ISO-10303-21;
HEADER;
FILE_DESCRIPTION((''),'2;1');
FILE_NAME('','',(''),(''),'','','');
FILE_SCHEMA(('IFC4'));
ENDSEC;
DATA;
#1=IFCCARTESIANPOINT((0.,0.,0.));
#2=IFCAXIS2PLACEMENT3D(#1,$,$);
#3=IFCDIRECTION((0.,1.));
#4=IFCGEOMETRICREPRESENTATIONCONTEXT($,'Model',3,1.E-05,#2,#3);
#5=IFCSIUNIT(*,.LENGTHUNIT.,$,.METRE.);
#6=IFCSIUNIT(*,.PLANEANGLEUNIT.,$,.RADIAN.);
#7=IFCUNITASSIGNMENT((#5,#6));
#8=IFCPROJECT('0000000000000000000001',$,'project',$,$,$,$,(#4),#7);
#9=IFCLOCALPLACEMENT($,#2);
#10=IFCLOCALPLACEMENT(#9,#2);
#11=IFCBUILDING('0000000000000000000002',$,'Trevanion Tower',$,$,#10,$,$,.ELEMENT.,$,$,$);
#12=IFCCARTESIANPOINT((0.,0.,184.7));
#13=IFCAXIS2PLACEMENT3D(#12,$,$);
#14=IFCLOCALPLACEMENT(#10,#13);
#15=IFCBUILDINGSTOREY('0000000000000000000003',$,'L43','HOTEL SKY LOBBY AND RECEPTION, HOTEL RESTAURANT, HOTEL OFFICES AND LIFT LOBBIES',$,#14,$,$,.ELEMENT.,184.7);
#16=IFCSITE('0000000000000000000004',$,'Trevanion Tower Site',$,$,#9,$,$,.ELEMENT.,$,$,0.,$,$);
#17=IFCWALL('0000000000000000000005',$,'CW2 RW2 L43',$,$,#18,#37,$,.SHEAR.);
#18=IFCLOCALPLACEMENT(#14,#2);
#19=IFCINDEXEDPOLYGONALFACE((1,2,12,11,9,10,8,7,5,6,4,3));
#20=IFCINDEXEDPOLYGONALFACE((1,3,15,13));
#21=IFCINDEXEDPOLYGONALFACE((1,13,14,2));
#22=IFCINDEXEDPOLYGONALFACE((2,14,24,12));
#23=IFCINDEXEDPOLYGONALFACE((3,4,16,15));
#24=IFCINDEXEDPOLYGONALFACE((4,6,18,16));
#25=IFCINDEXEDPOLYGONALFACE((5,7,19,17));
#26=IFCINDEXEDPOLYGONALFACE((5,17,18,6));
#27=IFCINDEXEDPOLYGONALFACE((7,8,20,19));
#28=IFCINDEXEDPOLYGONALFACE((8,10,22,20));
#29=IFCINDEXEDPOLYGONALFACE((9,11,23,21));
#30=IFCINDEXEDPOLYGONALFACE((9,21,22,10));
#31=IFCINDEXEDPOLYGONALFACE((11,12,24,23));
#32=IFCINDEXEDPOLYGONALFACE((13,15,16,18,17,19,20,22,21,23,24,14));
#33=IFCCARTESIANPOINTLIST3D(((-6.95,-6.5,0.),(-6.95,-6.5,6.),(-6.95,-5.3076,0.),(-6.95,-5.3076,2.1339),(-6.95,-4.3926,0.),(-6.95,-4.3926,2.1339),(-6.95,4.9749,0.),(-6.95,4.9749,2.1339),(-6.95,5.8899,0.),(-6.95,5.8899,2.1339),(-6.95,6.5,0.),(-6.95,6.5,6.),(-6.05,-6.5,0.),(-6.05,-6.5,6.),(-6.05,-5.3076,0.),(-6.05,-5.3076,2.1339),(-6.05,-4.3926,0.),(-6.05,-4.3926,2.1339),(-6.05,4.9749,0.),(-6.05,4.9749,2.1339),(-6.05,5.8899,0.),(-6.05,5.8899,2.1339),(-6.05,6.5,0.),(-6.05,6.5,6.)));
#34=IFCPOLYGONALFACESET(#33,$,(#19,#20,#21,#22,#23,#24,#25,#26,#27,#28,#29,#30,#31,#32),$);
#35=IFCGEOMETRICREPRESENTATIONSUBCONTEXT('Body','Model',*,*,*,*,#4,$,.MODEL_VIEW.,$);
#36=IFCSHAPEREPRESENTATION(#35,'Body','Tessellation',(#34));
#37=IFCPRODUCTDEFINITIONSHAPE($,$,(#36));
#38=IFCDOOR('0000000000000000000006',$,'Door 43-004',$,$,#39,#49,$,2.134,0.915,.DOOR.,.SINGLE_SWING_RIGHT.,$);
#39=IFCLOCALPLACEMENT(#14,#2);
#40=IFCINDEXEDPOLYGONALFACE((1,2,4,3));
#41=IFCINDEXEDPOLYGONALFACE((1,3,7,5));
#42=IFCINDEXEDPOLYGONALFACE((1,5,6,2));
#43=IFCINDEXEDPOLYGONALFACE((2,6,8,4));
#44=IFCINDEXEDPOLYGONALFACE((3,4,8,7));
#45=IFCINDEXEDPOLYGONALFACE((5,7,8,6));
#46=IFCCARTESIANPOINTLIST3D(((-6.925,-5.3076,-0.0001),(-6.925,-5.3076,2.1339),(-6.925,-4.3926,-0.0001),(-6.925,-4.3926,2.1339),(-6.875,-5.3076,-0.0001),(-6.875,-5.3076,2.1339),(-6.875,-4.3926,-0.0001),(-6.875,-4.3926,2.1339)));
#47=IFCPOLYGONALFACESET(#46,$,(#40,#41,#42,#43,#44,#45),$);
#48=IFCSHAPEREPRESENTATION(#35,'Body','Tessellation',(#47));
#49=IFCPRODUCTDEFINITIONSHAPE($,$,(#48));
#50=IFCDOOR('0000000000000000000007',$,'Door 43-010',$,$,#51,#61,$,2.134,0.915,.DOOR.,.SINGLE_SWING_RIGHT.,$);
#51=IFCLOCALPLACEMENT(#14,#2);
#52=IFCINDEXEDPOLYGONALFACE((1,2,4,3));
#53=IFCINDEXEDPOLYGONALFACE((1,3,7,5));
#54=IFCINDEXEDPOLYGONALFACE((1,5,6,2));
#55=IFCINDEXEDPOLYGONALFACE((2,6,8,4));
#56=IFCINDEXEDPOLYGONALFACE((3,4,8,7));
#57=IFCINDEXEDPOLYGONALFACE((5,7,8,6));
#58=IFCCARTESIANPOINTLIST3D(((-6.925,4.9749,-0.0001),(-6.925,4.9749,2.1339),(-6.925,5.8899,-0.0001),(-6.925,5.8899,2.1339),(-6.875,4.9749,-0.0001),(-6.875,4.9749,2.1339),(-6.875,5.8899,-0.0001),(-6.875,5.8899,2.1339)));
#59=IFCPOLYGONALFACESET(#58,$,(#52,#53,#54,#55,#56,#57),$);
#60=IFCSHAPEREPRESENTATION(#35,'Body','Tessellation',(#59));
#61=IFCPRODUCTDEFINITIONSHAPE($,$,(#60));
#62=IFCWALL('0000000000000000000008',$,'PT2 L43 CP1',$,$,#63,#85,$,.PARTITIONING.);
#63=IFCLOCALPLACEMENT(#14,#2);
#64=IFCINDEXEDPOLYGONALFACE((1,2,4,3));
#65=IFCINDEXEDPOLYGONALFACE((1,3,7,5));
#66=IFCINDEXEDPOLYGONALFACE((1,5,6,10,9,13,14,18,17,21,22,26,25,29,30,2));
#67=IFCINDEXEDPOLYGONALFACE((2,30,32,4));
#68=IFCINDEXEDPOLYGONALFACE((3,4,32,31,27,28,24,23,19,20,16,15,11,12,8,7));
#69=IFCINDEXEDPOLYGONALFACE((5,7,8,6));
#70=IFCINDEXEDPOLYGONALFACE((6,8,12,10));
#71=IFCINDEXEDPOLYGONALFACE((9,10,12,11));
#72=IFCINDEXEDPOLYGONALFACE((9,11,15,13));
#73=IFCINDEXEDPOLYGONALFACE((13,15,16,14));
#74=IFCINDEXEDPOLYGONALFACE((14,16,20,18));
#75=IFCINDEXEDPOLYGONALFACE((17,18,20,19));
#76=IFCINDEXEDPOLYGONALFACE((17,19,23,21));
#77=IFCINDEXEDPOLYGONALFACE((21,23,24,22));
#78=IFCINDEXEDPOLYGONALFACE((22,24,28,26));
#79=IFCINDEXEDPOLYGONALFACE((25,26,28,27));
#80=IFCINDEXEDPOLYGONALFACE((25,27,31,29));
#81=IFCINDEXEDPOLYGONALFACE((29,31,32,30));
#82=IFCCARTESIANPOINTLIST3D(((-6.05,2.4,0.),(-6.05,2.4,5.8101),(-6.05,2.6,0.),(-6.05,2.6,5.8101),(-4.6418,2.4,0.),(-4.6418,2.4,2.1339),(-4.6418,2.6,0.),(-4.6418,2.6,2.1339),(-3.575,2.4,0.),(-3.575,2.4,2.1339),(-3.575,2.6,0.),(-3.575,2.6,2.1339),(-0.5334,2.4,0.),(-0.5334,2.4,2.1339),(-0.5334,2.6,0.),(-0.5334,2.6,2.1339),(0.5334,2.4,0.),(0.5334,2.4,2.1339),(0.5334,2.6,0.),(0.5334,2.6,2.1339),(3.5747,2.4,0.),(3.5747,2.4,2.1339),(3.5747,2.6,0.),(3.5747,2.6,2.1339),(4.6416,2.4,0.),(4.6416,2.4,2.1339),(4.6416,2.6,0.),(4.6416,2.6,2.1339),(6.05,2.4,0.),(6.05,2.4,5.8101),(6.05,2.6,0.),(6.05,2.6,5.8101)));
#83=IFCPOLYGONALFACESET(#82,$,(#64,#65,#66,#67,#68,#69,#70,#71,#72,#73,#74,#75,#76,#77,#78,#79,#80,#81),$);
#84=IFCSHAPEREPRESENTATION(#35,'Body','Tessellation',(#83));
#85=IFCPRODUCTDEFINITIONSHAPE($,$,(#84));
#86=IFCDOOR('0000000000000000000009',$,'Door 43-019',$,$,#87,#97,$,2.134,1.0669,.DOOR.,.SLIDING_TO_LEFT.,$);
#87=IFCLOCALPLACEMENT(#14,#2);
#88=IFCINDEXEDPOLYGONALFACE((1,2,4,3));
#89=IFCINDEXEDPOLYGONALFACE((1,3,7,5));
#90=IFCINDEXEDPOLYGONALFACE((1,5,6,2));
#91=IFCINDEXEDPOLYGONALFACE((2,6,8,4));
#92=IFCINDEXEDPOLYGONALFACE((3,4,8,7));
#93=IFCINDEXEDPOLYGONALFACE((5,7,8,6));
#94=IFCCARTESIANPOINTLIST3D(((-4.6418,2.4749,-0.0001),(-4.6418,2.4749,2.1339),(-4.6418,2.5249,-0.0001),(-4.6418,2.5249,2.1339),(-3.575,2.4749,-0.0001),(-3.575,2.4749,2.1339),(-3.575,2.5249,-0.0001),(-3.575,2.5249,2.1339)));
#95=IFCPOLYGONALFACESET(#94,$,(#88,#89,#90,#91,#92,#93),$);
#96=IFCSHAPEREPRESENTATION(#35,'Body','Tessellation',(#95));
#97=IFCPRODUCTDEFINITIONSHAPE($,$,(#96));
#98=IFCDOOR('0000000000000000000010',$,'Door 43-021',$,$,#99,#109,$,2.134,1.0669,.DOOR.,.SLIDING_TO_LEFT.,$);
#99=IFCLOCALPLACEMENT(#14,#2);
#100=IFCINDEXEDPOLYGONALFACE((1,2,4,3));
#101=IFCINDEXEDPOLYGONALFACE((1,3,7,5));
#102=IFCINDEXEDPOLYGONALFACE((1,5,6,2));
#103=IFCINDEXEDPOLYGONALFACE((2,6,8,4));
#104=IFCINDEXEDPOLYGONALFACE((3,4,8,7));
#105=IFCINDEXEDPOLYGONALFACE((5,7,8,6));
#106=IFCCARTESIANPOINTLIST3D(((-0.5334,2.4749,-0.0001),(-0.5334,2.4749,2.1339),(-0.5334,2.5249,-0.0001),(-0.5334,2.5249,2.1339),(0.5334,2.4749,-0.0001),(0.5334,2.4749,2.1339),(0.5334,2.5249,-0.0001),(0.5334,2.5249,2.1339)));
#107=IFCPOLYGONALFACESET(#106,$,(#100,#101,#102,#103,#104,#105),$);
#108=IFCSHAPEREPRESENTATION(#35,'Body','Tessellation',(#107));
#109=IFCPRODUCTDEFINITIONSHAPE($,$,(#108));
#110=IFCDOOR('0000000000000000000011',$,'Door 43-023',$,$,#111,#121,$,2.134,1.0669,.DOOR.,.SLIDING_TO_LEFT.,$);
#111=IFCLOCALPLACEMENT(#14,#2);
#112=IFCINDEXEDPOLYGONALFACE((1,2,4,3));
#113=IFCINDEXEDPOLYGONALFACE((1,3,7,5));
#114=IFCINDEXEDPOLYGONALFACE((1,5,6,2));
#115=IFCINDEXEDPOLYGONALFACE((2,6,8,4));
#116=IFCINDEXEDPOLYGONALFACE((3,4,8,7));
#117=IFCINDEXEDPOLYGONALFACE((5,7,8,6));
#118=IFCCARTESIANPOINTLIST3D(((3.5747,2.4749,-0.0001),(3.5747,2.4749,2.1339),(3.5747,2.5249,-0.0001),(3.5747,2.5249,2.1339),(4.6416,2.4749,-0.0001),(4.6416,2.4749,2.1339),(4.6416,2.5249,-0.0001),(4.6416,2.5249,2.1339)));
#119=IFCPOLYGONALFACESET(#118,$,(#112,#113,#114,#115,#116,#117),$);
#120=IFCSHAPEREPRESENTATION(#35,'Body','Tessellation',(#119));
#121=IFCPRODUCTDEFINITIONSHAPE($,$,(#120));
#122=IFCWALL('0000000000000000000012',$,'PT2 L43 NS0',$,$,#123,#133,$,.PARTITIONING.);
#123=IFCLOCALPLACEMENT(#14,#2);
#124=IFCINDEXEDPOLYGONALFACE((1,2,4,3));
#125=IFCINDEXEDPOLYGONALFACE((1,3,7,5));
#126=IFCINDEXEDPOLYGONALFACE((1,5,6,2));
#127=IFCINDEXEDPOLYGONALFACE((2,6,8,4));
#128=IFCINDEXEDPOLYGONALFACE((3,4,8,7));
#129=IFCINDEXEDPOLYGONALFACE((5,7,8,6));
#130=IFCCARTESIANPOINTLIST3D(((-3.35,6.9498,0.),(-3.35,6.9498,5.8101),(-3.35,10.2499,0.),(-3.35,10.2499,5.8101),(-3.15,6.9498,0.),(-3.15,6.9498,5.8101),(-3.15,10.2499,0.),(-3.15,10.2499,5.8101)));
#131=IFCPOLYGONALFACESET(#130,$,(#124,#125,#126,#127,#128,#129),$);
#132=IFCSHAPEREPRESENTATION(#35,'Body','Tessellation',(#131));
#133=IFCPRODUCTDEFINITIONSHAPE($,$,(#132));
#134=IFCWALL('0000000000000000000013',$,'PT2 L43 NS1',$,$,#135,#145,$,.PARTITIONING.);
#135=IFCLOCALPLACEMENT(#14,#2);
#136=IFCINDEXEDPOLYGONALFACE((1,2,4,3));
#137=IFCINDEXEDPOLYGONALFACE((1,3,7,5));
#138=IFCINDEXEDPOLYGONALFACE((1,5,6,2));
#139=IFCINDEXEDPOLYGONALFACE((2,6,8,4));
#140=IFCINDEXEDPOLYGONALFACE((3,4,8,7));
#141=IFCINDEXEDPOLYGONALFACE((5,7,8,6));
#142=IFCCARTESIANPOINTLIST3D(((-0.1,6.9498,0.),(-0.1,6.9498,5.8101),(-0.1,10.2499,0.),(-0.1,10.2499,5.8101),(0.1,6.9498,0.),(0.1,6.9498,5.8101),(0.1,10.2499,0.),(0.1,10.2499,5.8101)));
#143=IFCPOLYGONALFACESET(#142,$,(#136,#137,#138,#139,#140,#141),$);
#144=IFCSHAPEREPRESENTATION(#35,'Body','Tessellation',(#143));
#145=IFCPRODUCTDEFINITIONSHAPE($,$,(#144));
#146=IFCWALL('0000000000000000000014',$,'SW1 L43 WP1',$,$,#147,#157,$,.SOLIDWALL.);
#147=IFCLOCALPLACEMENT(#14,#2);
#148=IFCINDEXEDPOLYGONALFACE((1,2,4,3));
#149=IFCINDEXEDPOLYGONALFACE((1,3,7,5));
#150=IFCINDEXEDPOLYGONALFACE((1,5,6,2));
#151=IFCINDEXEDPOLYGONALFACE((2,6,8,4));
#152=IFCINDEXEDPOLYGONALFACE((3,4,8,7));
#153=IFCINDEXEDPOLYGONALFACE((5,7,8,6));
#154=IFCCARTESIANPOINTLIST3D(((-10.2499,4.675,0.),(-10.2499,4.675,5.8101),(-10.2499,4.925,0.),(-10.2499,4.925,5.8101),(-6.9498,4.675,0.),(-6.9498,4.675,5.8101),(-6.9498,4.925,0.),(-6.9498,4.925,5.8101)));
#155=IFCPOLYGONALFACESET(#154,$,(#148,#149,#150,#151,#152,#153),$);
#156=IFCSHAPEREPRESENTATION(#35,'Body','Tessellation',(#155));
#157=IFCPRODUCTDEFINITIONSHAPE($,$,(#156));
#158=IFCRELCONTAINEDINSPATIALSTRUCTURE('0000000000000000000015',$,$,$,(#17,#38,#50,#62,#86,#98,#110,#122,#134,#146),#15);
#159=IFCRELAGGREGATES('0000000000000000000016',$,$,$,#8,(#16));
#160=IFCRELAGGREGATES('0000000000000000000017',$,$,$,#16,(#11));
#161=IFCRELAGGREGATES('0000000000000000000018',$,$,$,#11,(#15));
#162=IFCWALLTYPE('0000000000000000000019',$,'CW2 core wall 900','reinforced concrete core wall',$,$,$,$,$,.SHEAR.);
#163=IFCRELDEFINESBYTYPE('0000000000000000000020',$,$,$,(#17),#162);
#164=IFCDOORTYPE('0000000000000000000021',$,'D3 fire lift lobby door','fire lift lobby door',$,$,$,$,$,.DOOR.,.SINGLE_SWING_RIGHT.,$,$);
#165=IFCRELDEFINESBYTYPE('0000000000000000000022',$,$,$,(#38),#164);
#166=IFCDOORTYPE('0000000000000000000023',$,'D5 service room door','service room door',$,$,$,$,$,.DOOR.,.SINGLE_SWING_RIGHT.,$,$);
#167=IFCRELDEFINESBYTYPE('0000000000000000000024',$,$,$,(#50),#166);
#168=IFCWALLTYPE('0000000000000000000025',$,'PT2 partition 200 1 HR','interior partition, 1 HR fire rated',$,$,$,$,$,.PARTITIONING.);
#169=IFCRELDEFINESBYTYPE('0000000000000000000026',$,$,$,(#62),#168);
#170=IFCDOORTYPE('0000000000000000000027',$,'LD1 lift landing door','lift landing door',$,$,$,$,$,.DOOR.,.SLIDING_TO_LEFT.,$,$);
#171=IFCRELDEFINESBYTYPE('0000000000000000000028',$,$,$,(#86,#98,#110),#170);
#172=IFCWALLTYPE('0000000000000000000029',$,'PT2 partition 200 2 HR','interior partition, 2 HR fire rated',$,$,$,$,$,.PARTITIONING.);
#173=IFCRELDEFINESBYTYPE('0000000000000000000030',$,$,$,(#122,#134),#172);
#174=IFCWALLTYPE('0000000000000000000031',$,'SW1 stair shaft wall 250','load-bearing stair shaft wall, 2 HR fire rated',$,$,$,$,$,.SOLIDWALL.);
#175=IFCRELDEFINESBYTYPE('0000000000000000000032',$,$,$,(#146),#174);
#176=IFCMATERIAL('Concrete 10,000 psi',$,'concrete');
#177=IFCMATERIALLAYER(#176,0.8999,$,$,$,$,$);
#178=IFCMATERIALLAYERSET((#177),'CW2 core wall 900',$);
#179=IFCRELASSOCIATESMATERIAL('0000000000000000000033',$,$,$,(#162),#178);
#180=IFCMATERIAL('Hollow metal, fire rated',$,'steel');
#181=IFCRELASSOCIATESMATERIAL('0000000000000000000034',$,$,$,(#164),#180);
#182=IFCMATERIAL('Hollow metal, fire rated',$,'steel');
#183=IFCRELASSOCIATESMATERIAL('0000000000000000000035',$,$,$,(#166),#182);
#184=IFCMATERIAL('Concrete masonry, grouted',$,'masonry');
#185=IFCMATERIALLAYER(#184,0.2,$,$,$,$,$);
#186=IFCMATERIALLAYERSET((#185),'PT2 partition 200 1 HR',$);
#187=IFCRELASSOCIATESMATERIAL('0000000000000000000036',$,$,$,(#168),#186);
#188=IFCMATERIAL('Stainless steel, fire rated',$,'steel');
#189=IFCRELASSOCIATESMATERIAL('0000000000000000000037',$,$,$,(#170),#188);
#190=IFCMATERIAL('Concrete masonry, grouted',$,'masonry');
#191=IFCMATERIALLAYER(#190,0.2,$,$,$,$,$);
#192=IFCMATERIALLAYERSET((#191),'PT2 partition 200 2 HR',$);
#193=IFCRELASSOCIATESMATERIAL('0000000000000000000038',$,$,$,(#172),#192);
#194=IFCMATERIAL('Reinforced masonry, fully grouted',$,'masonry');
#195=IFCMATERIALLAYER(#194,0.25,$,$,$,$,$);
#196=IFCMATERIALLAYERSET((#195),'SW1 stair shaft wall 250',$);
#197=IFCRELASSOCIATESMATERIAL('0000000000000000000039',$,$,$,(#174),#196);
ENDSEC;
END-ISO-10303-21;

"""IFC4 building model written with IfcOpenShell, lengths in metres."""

from ifc_helpers import new_model, si_unit, direction, frame, frame_2d, origin, place, context, subcontext, project, spatial, rectangle, extrude, material, layer, layer_set, type_object, element, fill, save


model = new_model("IFC4")

# Units and contexts
model_context = context("Model", 3, precision=1e-05, world=origin(), true_north=direction((0.0, 1.0)))
body_context = subcontext(model_context, "Body", "Model", "MODEL_VIEW")
ifc_project = project(units=[si_unit("LENGTHUNIT", "METRE"), si_unit("PLANEANGLEUNIT", "RADIAN")], contexts=[model_context])

# Site, building, storey
site_placement = place(None, origin())
site = spatial("IfcSite", under=ifc_project, at=site_placement, Name="Trevanion Tower Site", CompositionType="ELEMENT", RefElevation=0.0)
building_placement = place(site_placement, origin())
building = spatial("IfcBuilding", under=site, at=building_placement, Name="Trevanion Tower", CompositionType="ELEMENT")
storey_placement = place(building_placement, frame((0.0, 0.0, 184.7)))
storey = spatial("IfcBuildingStorey", under=building, at=storey_placement, Name="L43", Description="HOTEL SKY LOBBY AND RECEPTION, HOTEL RESTAURANT, HOTEL OFFICES AND LIFT LOBBIES", CompositionType="ELEMENT", Elevation=184.7)

# Shared definitions
ifc_material_1 = material(Name="Concrete 10,000 psi", Category="concrete")
ifc_layer_1 = layer(ifc_material_1, 0.8999)
ifc_layer_set_1 = layer_set([ifc_layer_1], Name="CW2 core wall 900")
wall_type_1 = type_object("IfcWallType", Name="CW2 core wall 900", Description="reinforced concrete core wall", PredefinedType="SHEAR", material=ifc_layer_set_1)

# Walls, openings, doors
wall_1_placement = place(storey_placement, frame((-6.5, 6.5, 0.0), z_axis=(0.0, 0.0, 1.0), x_axis=(0.0, -1.0, 0.0)))
wall_1 = element("IfcWall", 1, at=wall_1_placement, inside=storey, type_object=wall_type_1, Name="CW2 RW2 L43", PredefinedType="SHEAR", context=body_context, shape_type="SweptSolid", body=[
    extrude(rectangle(XDim=13.0, YDim=0.8999, at=frame_2d((6.5, 0.0))), origin(), (0.0, 0.0, 1.0), 6.0),
])
opening_1_placement = place(wall_1_placement, frame((10.8926, 0.0, 0.0)))
opening_1 = element("IfcOpeningElement", 2, at=opening_1_placement, cuts=wall_1, PredefinedType="OPENING", context=body_context, shape_type="SweptSolid", body=[
    extrude(rectangle(XDim=0.915, YDim=2.134, at=frame_2d((0.4575, 1.0669))), frame((0.0, 0.46, 0.0), z_axis=(0.0, -1.0, 0.0), x_axis=(1.0, 0.0, 0.0)), (0.0, 0.0, 1.0), 0.9199),
])
opening_2_placement = place(wall_1_placement, frame((0.6101, 0.0, 0.0)))
opening_2 = element("IfcOpeningElement", 3, at=opening_2_placement, cuts=wall_1, PredefinedType="OPENING", context=body_context, shape_type="SweptSolid", body=[
    extrude(rectangle(XDim=0.915, YDim=2.134, at=frame_2d((0.4575, 1.0669))), frame((0.0, 0.46, 0.0), z_axis=(0.0, -1.0, 0.0), x_axis=(1.0, 0.0, 0.0)), (0.0, 0.0, 1.0), 0.9199),
])
ifc_material_2 = material(Name="Hollow metal, fire rated", Category="steel")
door_type_1 = type_object("IfcDoorType", Name="D3 fire lift lobby door", Description="fire lift lobby door", OperationType="SINGLE_SWING_RIGHT", PredefinedType="DOOR", material=ifc_material_2)
door_1_placement = place(opening_1_placement, origin())
door_1 = element("IfcDoor", 4, at=door_1_placement, inside=storey, type_object=door_type_1, Name="Door 43-004", OperationType="SINGLE_SWING_RIGHT", OverallHeight=2.134, OverallWidth=0.915, PredefinedType="DOOR", context=body_context, shape_type="SweptSolid", body=[
    extrude(rectangle(XDim=0.915, YDim=2.134, at=frame_2d((0.4575, 1.0669))), frame((0.0, -0.375, 0.0), z_axis=(0.0, -1.0, 0.0), x_axis=(1.0, 0.0, 0.0)), (0.0, 0.0, 1.0), 0.05),
])
fill(opening_1, door_1)
ifc_material_3 = material(Name="Hollow metal, fire rated", Category="steel")
door_type_2 = type_object("IfcDoorType", Name="D5 service room door", Description="service room door", OperationType="SINGLE_SWING_RIGHT", PredefinedType="DOOR", material=ifc_material_3)
door_2_placement = place(opening_2_placement, origin())
door_2 = element("IfcDoor", 5, at=door_2_placement, inside=storey, type_object=door_type_2, Name="Door 43-010", OperationType="SINGLE_SWING_RIGHT", OverallHeight=2.134, OverallWidth=0.915, PredefinedType="DOOR", context=body_context, shape_type="SweptSolid", body=[
    extrude(rectangle(XDim=0.915, YDim=2.134, at=frame_2d((0.4575, 1.0669))), frame((0.0, -0.375, 0.0), z_axis=(0.0, -1.0, 0.0), x_axis=(1.0, 0.0, 0.0)), (0.0, 0.0, 1.0), 0.05),
])
fill(opening_2, door_2)
ifc_material_4 = material(Name="Concrete masonry, grouted", Category="masonry")
ifc_layer_2 = layer(ifc_material_4, 0.2)
ifc_layer_set_2 = layer_set([ifc_layer_2], Name="PT2 partition 200 1 HR")
wall_type_2 = type_object("IfcWallType", Name="PT2 partition 200 1 HR", Description="interior partition, 1 HR fire rated", PredefinedType="PARTITIONING", material=ifc_layer_set_2)
wall_2_placement = place(storey_placement, frame((-6.05, 2.5, 0.0), z_axis=(0.0, 0.0, 1.0), x_axis=(1.0, 0.0, 0.0)))
wall_2 = element("IfcWall", 6, at=wall_2_placement, inside=storey, type_object=wall_type_2, Name="PT2 L43 CP1", PredefinedType="PARTITIONING", context=body_context, shape_type="SweptSolid", body=[
    extrude(rectangle(XDim=12.1001, YDim=0.2, at=frame_2d((6.05, 0.0))), origin(), (0.0, 0.0, 1.0), 5.8101),
])
opening_3_placement = place(wall_2_placement, frame((1.4082, 0.0, 0.0)))
opening_3 = element("IfcOpeningElement", 7, at=opening_3_placement, cuts=wall_2, PredefinedType="OPENING", context=body_context, shape_type="SweptSolid", body=[
    extrude(rectangle(XDim=1.0669, YDim=2.134, at=frame_2d((0.5334, 1.0669))), frame((0.0, 0.1099, 0.0), z_axis=(0.0, -1.0, 0.0), x_axis=(1.0, 0.0, 0.0)), (0.0, 0.0, 1.0), 0.22),
])
opening_4_placement = place(wall_2_placement, frame((5.5166, 0.0, 0.0)))
opening_4 = element("IfcOpeningElement", 8, at=opening_4_placement, cuts=wall_2, PredefinedType="OPENING", context=body_context, shape_type="SweptSolid", body=[
    extrude(rectangle(XDim=1.0669, YDim=2.134, at=frame_2d((0.5334, 1.0669))), frame((0.0, 0.1099, 0.0), z_axis=(0.0, -1.0, 0.0), x_axis=(1.0, 0.0, 0.0)), (0.0, 0.0, 1.0), 0.22),
])
opening_5_placement = place(wall_2_placement, frame((9.6248, 0.0, 0.0)))
opening_5 = element("IfcOpeningElement", 9, at=opening_5_placement, cuts=wall_2, PredefinedType="OPENING", context=body_context, shape_type="SweptSolid", body=[
    extrude(rectangle(XDim=1.0669, YDim=2.134, at=frame_2d((0.5334, 1.0669))), frame((0.0, 0.1099, 0.0), z_axis=(0.0, -1.0, 0.0), x_axis=(1.0, 0.0, 0.0)), (0.0, 0.0, 1.0), 0.22),
])
ifc_material_5 = material(Name="Stainless steel, fire rated", Category="steel")
door_type_3 = type_object("IfcDoorType", Name="LD1 lift landing door", Description="lift landing door", OperationType="SLIDING_TO_LEFT", PredefinedType="DOOR", material=ifc_material_5)
door_3_placement = place(opening_3_placement, origin())
door_3 = element("IfcDoor", 10, at=door_3_placement, inside=storey, type_object=door_type_3, Name="Door 43-019", OperationType="SLIDING_TO_LEFT", OverallHeight=2.134, OverallWidth=1.0669, PredefinedType="DOOR", context=body_context, shape_type="SweptSolid", body=[
    extrude(rectangle(XDim=1.0669, YDim=2.134, at=frame_2d((0.5334, 1.0669))), frame((0.0, 0.0249, 0.0), z_axis=(0.0, -1.0, 0.0), x_axis=(1.0, 0.0, 0.0)), (0.0, 0.0, 1.0), 0.05),
])
fill(opening_3, door_3)
door_4_placement = place(opening_4_placement, origin())
door_4 = element("IfcDoor", 11, at=door_4_placement, inside=storey, type_object=door_type_3, Name="Door 43-021", OperationType="SLIDING_TO_LEFT", OverallHeight=2.134, OverallWidth=1.0669, PredefinedType="DOOR", context=body_context, shape_type="SweptSolid", body=[
    extrude(rectangle(XDim=1.0669, YDim=2.134, at=frame_2d((0.5334, 1.0669))), frame((0.0, 0.0249, 0.0), z_axis=(0.0, -1.0, 0.0), x_axis=(1.0, 0.0, 0.0)), (0.0, 0.0, 1.0), 0.05),
])
fill(opening_4, door_4)
door_5_placement = place(opening_5_placement, origin())
door_5 = element("IfcDoor", 12, at=door_5_placement, inside=storey, type_object=door_type_3, Name="Door 43-023", OperationType="SLIDING_TO_LEFT", OverallHeight=2.134, OverallWidth=1.0669, PredefinedType="DOOR", context=body_context, shape_type="SweptSolid", body=[
    extrude(rectangle(XDim=1.0669, YDim=2.134, at=frame_2d((0.5334, 1.0669))), frame((0.0, 0.0249, 0.0), z_axis=(0.0, -1.0, 0.0), x_axis=(1.0, 0.0, 0.0)), (0.0, 0.0, 1.0), 0.05),
])
fill(opening_5, door_5)

# Walls
ifc_material_6 = material(Name="Concrete masonry, grouted", Category="masonry")
ifc_layer_3 = layer(ifc_material_6, 0.2)
ifc_layer_set_3 = layer_set([ifc_layer_3], Name="PT2 partition 200 2 HR")
wall_type_3 = type_object("IfcWallType", Name="PT2 partition 200 2 HR", Description="interior partition, 2 HR fire rated", PredefinedType="PARTITIONING", material=ifc_layer_set_3)
for number, where, z_axis, x_axis, name in (
    (13, (-3.25, 6.95, 0.0), (0.0, 0.0, 1.0), (0.0, 1.0, 0.0), "PT2 L43 NS0"),
    (14, (0.0, 6.95, 0.0), (0.0, 0.0, 1.0), (0.0, 1.0, 0.0), "PT2 L43 NS1"),
):
    element("IfcWall", number, at=place(storey_placement, frame(where, z_axis=z_axis, x_axis=x_axis)), inside=storey, type_object=wall_type_3, Name=name, PredefinedType="PARTITIONING", context=body_context, shape_type="SweptSolid", body=[
        extrude(rectangle(XDim=3.3, YDim=0.2, at=frame_2d((1.6499, 0.0))), origin(), (0.0, 0.0, 1.0), 5.8101),
    ])
ifc_material_7 = material(Name="Reinforced masonry, fully grouted", Category="masonry")
ifc_layer_4 = layer(ifc_material_7, 0.25)
ifc_layer_set_4 = layer_set([ifc_layer_4], Name="SW1 stair shaft wall 250")
wall_type_4 = type_object("IfcWallType", Name="SW1 stair shaft wall 250", Description="load-bearing stair shaft wall, 2 HR fire rated", PredefinedType="SOLIDWALL", material=ifc_layer_set_4)
wall_3_placement = place(storey_placement, frame((-6.95, 4.8, 0.0), z_axis=(0.0, 0.0, 1.0), x_axis=(-1.0, 0.0, 0.0)))
element("IfcWall", 15, at=wall_3_placement, inside=storey, type_object=wall_type_4, Name="SW1 L43 WP1", PredefinedType="SOLIDWALL", context=body_context, shape_type="SweptSolid", body=[
    extrude(rectangle(XDim=3.3, YDim=0.25, at=frame_2d((1.6499, 0.0))), origin(), (0.0, 0.0, 1.0), 5.8101),
])

save(model, "model.ifc")
